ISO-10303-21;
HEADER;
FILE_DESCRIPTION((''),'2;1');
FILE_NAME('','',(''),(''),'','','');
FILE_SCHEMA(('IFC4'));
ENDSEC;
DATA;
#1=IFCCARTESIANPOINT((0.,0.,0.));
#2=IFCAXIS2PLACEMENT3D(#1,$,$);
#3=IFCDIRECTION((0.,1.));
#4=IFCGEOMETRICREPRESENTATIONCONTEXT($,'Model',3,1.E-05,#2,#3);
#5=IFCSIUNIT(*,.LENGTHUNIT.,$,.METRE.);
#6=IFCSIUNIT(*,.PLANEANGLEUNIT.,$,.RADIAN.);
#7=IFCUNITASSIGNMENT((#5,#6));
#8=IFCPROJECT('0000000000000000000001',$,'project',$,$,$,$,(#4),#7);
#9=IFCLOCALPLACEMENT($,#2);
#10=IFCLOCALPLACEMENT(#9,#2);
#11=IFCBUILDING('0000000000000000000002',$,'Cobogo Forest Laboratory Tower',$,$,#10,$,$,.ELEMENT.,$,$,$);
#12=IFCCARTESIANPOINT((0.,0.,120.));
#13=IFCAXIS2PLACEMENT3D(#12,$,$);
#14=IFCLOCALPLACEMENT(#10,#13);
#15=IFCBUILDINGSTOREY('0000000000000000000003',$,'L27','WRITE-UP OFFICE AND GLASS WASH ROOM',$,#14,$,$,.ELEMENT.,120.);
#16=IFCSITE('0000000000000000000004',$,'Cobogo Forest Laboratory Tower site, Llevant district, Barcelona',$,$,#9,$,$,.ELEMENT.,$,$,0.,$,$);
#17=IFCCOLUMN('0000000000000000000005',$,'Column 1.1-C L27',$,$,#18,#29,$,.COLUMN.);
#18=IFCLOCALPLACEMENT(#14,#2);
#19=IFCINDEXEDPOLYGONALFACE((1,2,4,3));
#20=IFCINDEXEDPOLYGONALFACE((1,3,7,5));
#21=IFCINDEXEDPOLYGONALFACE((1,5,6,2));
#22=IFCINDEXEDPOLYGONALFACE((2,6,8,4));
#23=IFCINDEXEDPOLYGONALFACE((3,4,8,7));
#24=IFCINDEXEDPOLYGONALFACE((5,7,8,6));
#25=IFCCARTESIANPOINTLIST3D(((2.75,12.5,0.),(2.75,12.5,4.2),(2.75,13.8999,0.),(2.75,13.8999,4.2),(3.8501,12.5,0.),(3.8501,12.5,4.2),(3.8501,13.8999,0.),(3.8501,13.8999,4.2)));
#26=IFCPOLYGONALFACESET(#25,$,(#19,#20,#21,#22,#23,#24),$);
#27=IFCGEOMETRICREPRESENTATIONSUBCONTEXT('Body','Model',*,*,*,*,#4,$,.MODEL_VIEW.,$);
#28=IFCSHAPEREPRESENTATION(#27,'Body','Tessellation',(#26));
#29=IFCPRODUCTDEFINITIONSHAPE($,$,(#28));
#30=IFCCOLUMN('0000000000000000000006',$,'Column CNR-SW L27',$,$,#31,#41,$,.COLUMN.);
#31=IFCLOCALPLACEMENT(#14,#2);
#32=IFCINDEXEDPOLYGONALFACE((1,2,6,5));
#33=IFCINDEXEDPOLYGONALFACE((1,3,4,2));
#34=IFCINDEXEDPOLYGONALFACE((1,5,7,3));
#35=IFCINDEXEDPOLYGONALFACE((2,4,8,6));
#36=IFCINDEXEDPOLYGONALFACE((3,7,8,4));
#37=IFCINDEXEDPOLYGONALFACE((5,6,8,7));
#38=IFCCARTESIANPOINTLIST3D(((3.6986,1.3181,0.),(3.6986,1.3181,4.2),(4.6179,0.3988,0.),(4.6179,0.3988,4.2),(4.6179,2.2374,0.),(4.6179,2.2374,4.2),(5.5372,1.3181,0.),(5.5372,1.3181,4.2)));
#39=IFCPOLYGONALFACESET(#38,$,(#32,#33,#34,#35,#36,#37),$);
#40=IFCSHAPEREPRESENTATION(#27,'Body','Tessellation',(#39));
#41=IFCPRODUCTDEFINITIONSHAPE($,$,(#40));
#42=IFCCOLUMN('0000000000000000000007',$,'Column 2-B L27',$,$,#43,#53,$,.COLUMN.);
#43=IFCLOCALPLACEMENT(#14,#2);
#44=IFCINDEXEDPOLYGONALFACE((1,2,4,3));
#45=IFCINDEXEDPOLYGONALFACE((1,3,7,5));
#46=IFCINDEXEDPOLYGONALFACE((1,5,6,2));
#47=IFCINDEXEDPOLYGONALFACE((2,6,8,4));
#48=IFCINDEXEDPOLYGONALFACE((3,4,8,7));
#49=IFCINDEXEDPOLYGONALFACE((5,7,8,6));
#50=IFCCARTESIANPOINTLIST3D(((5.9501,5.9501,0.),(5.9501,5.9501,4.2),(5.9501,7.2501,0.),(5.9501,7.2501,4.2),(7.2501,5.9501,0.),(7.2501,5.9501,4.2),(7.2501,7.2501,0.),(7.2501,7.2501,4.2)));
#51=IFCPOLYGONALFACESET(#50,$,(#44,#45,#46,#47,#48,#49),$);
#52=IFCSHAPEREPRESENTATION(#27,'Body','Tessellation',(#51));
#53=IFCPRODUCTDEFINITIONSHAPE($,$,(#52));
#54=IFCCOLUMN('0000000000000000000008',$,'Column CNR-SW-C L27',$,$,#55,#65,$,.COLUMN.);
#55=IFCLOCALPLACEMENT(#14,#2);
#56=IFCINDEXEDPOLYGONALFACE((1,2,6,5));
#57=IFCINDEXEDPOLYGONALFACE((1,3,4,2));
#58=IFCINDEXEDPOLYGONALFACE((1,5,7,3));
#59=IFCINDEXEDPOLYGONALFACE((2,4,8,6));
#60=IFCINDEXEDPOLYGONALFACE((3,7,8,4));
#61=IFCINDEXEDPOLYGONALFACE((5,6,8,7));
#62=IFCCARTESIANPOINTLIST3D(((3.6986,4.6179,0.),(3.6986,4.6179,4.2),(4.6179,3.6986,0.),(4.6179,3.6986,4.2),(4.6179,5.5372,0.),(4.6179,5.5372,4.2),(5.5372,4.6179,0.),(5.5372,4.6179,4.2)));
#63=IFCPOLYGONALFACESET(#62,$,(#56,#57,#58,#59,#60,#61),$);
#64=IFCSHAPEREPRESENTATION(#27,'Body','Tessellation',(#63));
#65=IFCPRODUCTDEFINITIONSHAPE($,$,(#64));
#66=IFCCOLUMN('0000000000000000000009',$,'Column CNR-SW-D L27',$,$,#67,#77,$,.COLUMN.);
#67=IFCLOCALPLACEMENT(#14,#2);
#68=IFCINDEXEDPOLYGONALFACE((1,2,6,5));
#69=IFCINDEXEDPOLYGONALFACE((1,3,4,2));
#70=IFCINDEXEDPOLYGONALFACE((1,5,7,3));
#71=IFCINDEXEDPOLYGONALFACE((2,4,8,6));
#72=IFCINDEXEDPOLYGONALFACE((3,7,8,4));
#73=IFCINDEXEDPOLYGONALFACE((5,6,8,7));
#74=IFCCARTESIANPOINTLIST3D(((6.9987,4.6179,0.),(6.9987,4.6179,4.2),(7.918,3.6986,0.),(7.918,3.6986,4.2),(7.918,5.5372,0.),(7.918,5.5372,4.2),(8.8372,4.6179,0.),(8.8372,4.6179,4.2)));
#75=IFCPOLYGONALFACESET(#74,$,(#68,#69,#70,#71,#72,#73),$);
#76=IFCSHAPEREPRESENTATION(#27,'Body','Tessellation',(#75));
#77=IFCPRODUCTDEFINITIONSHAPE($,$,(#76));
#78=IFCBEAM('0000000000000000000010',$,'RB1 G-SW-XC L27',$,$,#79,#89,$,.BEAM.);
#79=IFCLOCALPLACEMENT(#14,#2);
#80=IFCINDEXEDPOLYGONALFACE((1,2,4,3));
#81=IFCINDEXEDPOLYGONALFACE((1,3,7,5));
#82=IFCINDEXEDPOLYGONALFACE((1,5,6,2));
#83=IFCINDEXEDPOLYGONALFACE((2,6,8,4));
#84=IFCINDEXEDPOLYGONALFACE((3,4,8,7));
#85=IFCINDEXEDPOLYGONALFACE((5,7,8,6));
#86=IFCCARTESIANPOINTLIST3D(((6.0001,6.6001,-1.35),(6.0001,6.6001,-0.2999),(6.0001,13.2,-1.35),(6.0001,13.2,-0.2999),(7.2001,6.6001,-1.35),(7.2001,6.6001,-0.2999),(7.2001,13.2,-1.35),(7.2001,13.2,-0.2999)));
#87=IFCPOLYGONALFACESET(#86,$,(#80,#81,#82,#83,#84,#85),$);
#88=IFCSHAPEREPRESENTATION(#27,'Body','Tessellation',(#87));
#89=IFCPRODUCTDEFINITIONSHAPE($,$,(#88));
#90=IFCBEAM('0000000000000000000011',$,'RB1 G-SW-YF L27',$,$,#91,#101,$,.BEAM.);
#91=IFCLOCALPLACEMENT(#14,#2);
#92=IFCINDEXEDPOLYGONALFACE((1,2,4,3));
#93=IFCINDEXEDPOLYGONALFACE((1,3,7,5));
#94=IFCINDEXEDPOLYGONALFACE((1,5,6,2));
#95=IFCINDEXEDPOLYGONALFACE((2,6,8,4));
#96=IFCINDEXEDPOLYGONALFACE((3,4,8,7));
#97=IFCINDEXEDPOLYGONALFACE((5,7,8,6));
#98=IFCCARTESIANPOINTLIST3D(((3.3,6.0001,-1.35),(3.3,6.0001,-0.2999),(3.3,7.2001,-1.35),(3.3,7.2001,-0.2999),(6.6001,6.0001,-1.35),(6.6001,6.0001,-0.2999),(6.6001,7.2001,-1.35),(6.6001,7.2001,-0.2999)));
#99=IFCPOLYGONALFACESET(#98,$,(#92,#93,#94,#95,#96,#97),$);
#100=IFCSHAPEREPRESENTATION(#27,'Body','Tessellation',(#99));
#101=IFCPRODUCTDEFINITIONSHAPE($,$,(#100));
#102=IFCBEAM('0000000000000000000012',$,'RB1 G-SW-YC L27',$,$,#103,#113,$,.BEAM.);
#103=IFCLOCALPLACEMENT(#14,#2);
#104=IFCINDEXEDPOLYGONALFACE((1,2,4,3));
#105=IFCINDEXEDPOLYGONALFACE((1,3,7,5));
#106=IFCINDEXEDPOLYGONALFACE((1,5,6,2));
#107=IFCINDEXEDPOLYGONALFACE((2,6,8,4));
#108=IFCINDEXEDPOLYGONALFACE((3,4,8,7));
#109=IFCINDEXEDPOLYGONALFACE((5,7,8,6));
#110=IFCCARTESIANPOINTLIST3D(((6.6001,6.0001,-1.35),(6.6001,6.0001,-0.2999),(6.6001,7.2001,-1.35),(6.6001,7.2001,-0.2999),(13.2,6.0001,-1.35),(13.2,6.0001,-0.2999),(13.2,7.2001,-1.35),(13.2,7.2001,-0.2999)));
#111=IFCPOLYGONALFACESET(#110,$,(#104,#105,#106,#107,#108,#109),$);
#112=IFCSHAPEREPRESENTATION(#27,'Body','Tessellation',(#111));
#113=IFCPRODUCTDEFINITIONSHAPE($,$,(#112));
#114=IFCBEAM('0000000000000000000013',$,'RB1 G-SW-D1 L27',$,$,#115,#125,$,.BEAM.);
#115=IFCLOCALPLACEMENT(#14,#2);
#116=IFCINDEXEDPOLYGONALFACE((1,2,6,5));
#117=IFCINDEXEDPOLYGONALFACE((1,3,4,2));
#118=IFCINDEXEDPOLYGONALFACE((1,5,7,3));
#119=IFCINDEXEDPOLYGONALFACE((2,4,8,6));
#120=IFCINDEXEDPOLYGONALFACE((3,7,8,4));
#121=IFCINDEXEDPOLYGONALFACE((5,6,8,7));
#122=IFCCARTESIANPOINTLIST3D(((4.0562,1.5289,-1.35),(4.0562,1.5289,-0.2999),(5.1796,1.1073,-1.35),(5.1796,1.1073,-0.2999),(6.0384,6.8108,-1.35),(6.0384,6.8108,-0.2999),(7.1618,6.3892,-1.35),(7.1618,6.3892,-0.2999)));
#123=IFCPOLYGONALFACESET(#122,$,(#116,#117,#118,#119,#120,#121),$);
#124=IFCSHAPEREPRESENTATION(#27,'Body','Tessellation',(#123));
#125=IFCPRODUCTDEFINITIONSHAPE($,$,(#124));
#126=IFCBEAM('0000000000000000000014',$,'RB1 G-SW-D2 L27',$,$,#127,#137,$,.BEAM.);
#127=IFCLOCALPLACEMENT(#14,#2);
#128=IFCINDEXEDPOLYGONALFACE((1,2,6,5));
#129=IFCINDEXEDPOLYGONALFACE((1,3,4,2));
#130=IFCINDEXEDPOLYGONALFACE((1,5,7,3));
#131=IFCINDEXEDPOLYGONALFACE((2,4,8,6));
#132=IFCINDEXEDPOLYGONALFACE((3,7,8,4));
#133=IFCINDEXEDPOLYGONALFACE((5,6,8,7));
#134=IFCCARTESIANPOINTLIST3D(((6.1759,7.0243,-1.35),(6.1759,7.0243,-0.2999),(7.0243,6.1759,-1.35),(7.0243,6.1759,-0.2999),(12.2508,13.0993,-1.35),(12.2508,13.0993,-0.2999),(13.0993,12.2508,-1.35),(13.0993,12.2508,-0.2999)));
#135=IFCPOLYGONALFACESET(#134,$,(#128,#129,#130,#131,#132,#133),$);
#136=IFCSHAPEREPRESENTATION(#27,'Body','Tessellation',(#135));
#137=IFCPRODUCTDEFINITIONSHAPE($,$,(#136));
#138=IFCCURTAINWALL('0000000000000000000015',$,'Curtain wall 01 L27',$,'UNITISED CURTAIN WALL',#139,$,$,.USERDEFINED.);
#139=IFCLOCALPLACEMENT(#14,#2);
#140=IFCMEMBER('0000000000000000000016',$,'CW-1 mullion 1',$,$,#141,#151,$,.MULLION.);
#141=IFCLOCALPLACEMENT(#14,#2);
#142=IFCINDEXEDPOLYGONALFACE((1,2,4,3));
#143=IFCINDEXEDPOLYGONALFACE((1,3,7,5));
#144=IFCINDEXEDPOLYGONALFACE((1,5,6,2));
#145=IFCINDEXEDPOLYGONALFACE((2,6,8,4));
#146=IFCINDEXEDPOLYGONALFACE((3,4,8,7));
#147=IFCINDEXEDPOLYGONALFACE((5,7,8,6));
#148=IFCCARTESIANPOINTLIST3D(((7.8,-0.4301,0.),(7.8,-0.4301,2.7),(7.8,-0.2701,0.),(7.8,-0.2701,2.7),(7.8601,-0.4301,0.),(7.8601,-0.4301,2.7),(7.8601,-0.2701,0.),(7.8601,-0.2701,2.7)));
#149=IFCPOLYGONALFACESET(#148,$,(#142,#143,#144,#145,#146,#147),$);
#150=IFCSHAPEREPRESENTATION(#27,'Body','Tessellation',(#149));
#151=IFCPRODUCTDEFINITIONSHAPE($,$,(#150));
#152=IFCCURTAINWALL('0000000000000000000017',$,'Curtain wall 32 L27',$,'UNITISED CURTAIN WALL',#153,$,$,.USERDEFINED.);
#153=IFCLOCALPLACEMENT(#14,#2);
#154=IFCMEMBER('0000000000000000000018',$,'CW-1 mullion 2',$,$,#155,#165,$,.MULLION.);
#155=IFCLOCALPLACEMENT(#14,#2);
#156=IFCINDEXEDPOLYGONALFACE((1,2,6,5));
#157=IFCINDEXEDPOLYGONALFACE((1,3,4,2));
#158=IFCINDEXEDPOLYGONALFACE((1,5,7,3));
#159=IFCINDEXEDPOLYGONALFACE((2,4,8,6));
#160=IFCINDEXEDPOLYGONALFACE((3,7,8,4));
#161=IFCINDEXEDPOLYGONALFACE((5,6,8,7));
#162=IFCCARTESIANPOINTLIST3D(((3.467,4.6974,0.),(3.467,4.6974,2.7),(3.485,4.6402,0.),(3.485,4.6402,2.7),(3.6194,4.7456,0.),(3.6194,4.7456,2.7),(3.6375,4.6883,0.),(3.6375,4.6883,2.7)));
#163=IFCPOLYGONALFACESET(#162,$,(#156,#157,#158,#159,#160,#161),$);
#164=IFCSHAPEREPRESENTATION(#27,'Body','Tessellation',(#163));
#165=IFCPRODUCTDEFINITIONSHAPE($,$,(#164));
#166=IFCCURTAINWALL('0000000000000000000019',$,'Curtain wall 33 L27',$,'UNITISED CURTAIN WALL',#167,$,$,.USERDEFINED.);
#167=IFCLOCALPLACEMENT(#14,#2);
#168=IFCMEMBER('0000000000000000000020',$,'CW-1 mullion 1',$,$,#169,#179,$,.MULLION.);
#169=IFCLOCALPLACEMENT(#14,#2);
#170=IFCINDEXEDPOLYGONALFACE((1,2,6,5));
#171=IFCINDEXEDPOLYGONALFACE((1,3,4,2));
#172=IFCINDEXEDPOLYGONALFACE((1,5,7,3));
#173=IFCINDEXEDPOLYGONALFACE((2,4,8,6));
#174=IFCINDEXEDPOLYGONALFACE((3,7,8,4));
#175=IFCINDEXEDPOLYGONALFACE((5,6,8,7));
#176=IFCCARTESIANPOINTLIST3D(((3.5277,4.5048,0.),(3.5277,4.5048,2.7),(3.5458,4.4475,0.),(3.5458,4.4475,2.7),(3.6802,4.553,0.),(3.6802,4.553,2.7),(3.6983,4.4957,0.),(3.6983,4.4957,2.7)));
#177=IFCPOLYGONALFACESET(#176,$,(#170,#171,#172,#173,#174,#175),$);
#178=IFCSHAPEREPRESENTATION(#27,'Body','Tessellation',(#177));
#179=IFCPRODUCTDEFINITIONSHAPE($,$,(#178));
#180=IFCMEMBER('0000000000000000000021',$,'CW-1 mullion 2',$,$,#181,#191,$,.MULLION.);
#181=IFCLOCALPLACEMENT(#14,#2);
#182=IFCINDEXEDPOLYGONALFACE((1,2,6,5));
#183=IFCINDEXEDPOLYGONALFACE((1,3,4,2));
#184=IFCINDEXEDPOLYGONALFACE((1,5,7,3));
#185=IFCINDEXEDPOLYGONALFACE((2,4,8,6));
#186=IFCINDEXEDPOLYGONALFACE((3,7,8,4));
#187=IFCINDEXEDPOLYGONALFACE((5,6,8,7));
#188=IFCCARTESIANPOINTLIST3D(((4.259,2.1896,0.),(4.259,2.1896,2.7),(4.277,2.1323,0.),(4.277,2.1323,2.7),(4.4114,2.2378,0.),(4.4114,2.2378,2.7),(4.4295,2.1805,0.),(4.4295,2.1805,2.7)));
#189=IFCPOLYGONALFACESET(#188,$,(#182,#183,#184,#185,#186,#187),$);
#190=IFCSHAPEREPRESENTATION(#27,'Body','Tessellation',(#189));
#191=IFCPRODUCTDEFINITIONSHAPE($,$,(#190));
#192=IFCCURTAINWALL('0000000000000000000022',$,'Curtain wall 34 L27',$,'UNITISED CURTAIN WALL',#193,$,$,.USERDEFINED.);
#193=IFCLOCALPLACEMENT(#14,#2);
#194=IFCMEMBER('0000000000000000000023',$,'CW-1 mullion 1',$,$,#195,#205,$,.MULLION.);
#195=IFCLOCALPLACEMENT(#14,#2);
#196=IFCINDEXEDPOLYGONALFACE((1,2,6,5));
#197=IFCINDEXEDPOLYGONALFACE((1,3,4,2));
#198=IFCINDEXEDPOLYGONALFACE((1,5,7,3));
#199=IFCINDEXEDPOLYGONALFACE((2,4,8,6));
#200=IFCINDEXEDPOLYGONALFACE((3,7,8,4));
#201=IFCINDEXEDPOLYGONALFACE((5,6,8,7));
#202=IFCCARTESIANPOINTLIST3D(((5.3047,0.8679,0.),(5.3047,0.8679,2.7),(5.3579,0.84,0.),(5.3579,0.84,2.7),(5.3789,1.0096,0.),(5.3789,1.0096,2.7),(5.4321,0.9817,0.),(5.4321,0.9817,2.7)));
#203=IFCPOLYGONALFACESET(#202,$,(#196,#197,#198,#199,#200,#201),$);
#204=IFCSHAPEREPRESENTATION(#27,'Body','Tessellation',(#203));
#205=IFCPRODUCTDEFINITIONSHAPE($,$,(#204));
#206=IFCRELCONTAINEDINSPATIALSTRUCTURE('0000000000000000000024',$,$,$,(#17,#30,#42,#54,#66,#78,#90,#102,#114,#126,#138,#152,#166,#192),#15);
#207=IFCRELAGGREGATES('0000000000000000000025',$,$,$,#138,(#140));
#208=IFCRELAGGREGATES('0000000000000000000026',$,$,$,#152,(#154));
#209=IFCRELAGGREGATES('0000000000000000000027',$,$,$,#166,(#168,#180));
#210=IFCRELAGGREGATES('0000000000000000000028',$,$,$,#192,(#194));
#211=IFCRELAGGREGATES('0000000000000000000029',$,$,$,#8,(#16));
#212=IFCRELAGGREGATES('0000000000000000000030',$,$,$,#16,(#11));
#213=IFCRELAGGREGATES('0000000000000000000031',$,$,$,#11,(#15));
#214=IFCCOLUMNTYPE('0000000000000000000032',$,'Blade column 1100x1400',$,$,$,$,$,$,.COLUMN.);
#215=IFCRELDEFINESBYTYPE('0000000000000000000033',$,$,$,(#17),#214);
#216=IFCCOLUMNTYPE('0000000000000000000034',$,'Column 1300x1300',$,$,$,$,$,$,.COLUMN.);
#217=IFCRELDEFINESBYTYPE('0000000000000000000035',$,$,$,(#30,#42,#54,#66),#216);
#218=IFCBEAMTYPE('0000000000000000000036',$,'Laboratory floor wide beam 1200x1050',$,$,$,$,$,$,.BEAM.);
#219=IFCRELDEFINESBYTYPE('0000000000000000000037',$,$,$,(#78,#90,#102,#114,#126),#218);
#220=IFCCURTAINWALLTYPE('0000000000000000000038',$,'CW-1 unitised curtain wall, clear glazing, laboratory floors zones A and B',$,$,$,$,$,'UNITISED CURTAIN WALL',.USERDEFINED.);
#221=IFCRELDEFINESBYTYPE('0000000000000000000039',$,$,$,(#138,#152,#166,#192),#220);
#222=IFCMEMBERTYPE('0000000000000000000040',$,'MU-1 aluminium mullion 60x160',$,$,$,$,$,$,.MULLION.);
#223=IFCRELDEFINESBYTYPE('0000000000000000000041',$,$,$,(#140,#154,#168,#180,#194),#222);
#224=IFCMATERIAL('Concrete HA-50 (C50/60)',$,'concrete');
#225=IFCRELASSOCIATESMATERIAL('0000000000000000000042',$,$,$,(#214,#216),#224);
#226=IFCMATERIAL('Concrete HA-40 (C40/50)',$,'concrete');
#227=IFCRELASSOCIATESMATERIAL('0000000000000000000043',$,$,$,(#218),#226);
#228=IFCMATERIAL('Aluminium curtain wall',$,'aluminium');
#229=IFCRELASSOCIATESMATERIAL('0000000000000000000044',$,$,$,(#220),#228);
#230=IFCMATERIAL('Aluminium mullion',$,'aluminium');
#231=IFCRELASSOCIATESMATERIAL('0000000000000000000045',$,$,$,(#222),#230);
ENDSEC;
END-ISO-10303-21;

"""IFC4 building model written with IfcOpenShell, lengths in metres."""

from ifc_helpers import new_model, si_unit, direction, frame, origin, origin_2d, place, context, subcontext, project, spatial, rectangle, extrude, material, material_profile, profile_set, type_object, element, aggregate, save


model = new_model("IFC4")

# Units and contexts
model_context = context("Model", 3, precision=1e-05, world=origin(), true_north=direction((0.0, 1.0)))
body_context = subcontext(model_context, "Body", "Model", "MODEL_VIEW")
ifc_project = project(units=[si_unit("LENGTHUNIT", "METRE"), si_unit("PLANEANGLEUNIT", "RADIAN")], contexts=[model_context])

# Site, building, storey
site_placement = place(None, origin())
site = spatial("IfcSite", under=ifc_project, at=site_placement, Name="Cobogo Forest Laboratory Tower site, Llevant district, Barcelona", CompositionType="ELEMENT", RefElevation=0.0)
building_placement = place(site_placement, origin())
building = spatial("IfcBuilding", under=site, at=building_placement, Name="Cobogo Forest Laboratory Tower", CompositionType="ELEMENT")
storey_placement = place(building_placement, frame((0.0, 0.0, 120.0)))
storey = spatial("IfcBuildingStorey", under=building, at=storey_placement, Name="L27", Description="WRITE-UP OFFICE AND GLASS WASH ROOM", CompositionType="ELEMENT", Elevation=120.0)

# Columns
ifc_material_1 = material(Name="Concrete HA-50 (C50/60)", Category="concrete")
ifc_material_profile_1 = material_profile(ifc_material_1, rectangle(XDim=1.3999, YDim=1.1001, at=origin_2d()), Name="RC 1100x1400")
ifc_profile_set_1 = profile_set([ifc_material_profile_1], Name="Concrete HA-50 (C50/60)")
column_type_1 = type_object("IfcColumnType", Name="Blade column 1100x1400", PredefinedType="COLUMN", material=ifc_profile_set_1)
column_placement = place(storey_placement, frame((3.3, 13.2, 0.0), z_axis=(0.0, 0.0, 1.0), x_axis=(0.0, 1.0, 0.0)))
element("IfcColumn", 1, at=column_placement, inside=storey, type_object=column_type_1, Name="Column 1.1-C L27", PredefinedType="COLUMN", context=body_context, shape_type="SweptSolid", body=[
    extrude(rectangle(XDim=1.3999, YDim=1.1001, at=origin_2d()), origin(), (0.0, 0.0, 1.0), 4.2),
])
ifc_material_profile_2 = material_profile(ifc_material_1, rectangle(XDim=1.3, YDim=1.3, at=origin_2d()), Name="RC 1300x1300")
ifc_profile_set_2 = profile_set([ifc_material_profile_2], Name="Concrete HA-50 (C50/60)")
column_type_2 = type_object("IfcColumnType", Name="Column 1300x1300", PredefinedType="COLUMN", material=ifc_profile_set_2)
for number, where, z_axis, x_axis, name in (
    (2, (4.6179, 1.3181, 0.0), (0.0, 0.0, 1.0), (0.707107, 0.707107, 0.0), "Column CNR-SW L27"),
    (3, (6.6001, 6.6001, 0.0), (0.0, 0.0, 1.0), (1.0, 0.0, 0.0), "Column 2-B L27"),
    (4, (4.6179, 4.6179, 0.0), (0.0, 0.0, 1.0), (0.707107, 0.707107, 0.0), "Column CNR-SW-C L27"),
    (5, (7.918, 4.6179, 0.0), (0.0, 0.0, 1.0), (0.707107, 0.707107, 0.0), "Column CNR-SW-D L27"),
):
    element("IfcColumn", number, at=place(storey_placement, frame(where, z_axis=z_axis, x_axis=x_axis)), inside=storey, type_object=column_type_2, Name=name, PredefinedType="COLUMN", context=body_context, shape_type="SweptSolid", body=[
        extrude(rectangle(XDim=1.3, YDim=1.3, at=origin_2d()), origin(), (0.0, 0.0, 1.0), 4.2),
    ])

# Beams
ifc_material_2 = material(Name="Concrete HA-40 (C40/50)", Category="concrete")
ifc_material_profile_3 = material_profile(ifc_material_2, rectangle(XDim=1.2, YDim=1.05, at=origin_2d()), Name="RC 1200x1050")
ifc_profile_set_3 = profile_set([ifc_material_profile_3], Name="Concrete HA-40 (C40/50)")
beam_type_1 = type_object("IfcBeamType", Name="Laboratory floor wide beam 1200x1050", PredefinedType="BEAM", material=ifc_profile_set_3)
beam_1_placement = place(storey_placement, frame((6.6001, 6.6001, -0.825), z_axis=(0.0, 1.0, 0.0), x_axis=(-1.0, 0.0, 0.0)))
element("IfcBeam", 6, at=beam_1_placement, inside=storey, type_object=beam_type_1, Name="RB1 G-SW-XC L27", PredefinedType="BEAM", context=body_context, shape_type="SweptSolid", body=[
    extrude(rectangle(XDim=1.2, YDim=1.05, at=origin_2d()), origin(), (0.0, 0.0, 1.0), 6.5999),
])
beam_2_placement = place(storey_placement, frame((3.3, 6.6001, -0.825), z_axis=(1.0, 0.0, 0.0), x_axis=(0.0, 1.0, 0.0)))
element("IfcBeam", 7, at=beam_2_placement, inside=storey, type_object=beam_type_1, Name="RB1 G-SW-YF L27", PredefinedType="BEAM", context=body_context, shape_type="SweptSolid", body=[
    extrude(rectangle(XDim=1.2, YDim=1.05, at=origin_2d()), origin(), (0.0, 0.0, 1.0), 3.3),
])
beam_3_placement = place(storey_placement, frame((6.6001, 6.6001, -0.825), z_axis=(1.0, 0.0, 0.0), x_axis=(0.0, 1.0, 0.0)))
element("IfcBeam", 8, at=beam_3_placement, inside=storey, type_object=beam_type_1, Name="RB1 G-SW-YC L27", PredefinedType="BEAM", context=body_context, shape_type="SweptSolid", body=[
    extrude(rectangle(XDim=1.2, YDim=1.05, at=origin_2d()), origin(), (0.0, 0.0, 1.0), 6.5999),
])
beam_4_placement = place(storey_placement, frame((4.6179, 1.3181, -0.825), z_axis=(0.351346, 0.936246, 0.0), x_axis=(-0.936246, 0.351346, 0.0)))
element("IfcBeam", 9, at=beam_4_placement, inside=storey, type_object=beam_type_1, Name="RB1 G-SW-D1 L27", PredefinedType="BEAM", context=body_context, shape_type="SweptSolid", body=[
    extrude(rectangle(XDim=1.2, YDim=1.05, at=origin_2d()), origin(), (0.0, 0.0, 1.0), 5.6416),
])
beam_5_placement = place(storey_placement, frame((6.6001, 6.6001, -0.825), z_axis=(0.707107, 0.707107, 0.0), x_axis=(-0.707107, 0.707107, 0.0)))
element("IfcBeam", 10, at=beam_5_placement, inside=storey, type_object=beam_type_1, Name="RB1 G-SW-D2 L27", PredefinedType="BEAM", context=body_context, shape_type="SweptSolid", body=[
    extrude(rectangle(XDim=1.2, YDim=1.05, at=origin_2d()), origin(), (0.0, 0.0, 1.0), 8.5913),
])

# Curtain walls, members
ifc_material_3 = material(Name="Aluminium curtain wall", Category="aluminium")
curtain_wall_type = type_object("IfcCurtainWallType", Name="CW-1 unitised curtain wall, clear glazing, laboratory floors zones A and B", ElementType="UNITISED CURTAIN WALL", PredefinedType="USERDEFINED", material=ifc_material_3)
curtain_wall_1_placement = place(storey_placement, origin())
curtain_wall_1 = element("IfcCurtainWall", 11, at=curtain_wall_1_placement, inside=storey, type_object=curtain_wall_type, Name="Curtain wall 01 L27", ObjectType="UNITISED CURTAIN WALL", PredefinedType="USERDEFINED")
ifc_material_4 = material(Name="Aluminium mullion", Category="aluminium")
ifc_material_profile_4 = material_profile(ifc_material_4, rectangle(XDim=0.0601, YDim=0.1599, at=origin_2d()), Name="AL 60x160")
ifc_profile_set_4 = profile_set([ifc_material_profile_4], Name="Aluminium mullion")
member_type_1 = type_object("IfcMemberType", Name="MU-1 aluminium mullion 60x160", PredefinedType="MULLION", material=ifc_profile_set_4)
member_1_placement = place(storey_placement, frame((7.8301, -0.3501, 0.0), z_axis=(0.0, 0.0, 1.0), x_axis=(1.0, 0.0, 0.0)))
member_1 = element("IfcMember", 12, at=member_1_placement, type_object=member_type_1, Name="CW-1 mullion 1", PredefinedType="MULLION", context=body_context, shape_type="SweptSolid", body=[
    extrude(rectangle(XDim=0.0601, YDim=0.1599, at=origin_2d()), origin(), (0.0, 0.0, 1.0), 2.7),
])
curtain_wall_2_placement = place(storey_placement, origin())
curtain_wall_2 = element("IfcCurtainWall", 13, at=curtain_wall_2_placement, inside=storey, type_object=curtain_wall_type, Name="Curtain wall 32 L27", ObjectType="UNITISED CURTAIN WALL", PredefinedType="USERDEFINED")
member_2_placement = place(storey_placement, frame((3.5522, 4.6929, 0.0), z_axis=(0.0, 0.0, 1.0), x_axis=(0.301135, -0.953581, 0.0)))
member_2 = element("IfcMember", 14, at=member_2_placement, type_object=member_type_1, Name="CW-1 mullion 2", PredefinedType="MULLION", context=body_context, shape_type="SweptSolid", body=[
    extrude(rectangle(XDim=0.0601, YDim=0.1599, at=origin_2d()), origin(), (0.0, 0.0, 1.0), 2.7),
])

# Curtain walls, members
curtain_wall_3_placement = place(storey_placement, origin())
curtain_wall_3 = element("IfcCurtainWall", 15, at=curtain_wall_3_placement, inside=storey, type_object=curtain_wall_type, Name="Curtain wall 33 L27", ObjectType="UNITISED CURTAIN WALL", PredefinedType="USERDEFINED")
member_3_placement = place(storey_placement, frame((3.613, 4.5002, 0.0), z_axis=(0.0, 0.0, 1.0), x_axis=(0.301135, -0.953581, 0.0)))
member_3 = element("IfcMember", 16, at=member_3_placement, type_object=member_type_1, Name="CW-1 mullion 1", PredefinedType="MULLION", context=body_context, shape_type="SweptSolid", body=[
    extrude(rectangle(XDim=0.0601, YDim=0.1599, at=origin_2d()), origin(), (0.0, 0.0, 1.0), 2.7),
])
member_4_placement = place(storey_placement, frame((4.3442, 2.1851, 0.0), z_axis=(0.0, 0.0, 1.0), x_axis=(0.301135, -0.953581, 0.0)))
member_4 = element("IfcMember", 17, at=member_4_placement, type_object=member_type_1, Name="CW-1 mullion 2", PredefinedType="MULLION", context=body_context, shape_type="SweptSolid", body=[
    extrude(rectangle(XDim=0.0601, YDim=0.1599, at=origin_2d()), origin(), (0.0, 0.0, 1.0), 2.7),
])
curtain_wall_4_placement = place(storey_placement, origin())
curtain_wall_4 = element("IfcCurtainWall", 18, at=curtain_wall_4_placement, inside=storey, type_object=curtain_wall_type, Name="Curtain wall 34 L27", ObjectType="UNITISED CURTAIN WALL", PredefinedType="USERDEFINED")
member_5_placement = place(storey_placement, frame((5.3684, 0.9248, 0.0), z_axis=(0.0, 0.0, 1.0), x_axis=(0.885687, -0.464284, 0.0)))
member_5 = element("IfcMember", 19, at=member_5_placement, type_object=member_type_1, Name="CW-1 mullion 1", PredefinedType="MULLION", context=body_context, shape_type="SweptSolid", body=[
    extrude(rectangle(XDim=0.0601, YDim=0.1599, at=origin_2d()), origin(), (0.0, 0.0, 1.0), 2.7),
])

aggregate(curtain_wall_1, [member_1])
aggregate(curtain_wall_2, [member_2])
aggregate(curtain_wall_3, [member_3, member_4])
aggregate(curtain_wall_4, [member_5])

save(model, "model.ifc")
